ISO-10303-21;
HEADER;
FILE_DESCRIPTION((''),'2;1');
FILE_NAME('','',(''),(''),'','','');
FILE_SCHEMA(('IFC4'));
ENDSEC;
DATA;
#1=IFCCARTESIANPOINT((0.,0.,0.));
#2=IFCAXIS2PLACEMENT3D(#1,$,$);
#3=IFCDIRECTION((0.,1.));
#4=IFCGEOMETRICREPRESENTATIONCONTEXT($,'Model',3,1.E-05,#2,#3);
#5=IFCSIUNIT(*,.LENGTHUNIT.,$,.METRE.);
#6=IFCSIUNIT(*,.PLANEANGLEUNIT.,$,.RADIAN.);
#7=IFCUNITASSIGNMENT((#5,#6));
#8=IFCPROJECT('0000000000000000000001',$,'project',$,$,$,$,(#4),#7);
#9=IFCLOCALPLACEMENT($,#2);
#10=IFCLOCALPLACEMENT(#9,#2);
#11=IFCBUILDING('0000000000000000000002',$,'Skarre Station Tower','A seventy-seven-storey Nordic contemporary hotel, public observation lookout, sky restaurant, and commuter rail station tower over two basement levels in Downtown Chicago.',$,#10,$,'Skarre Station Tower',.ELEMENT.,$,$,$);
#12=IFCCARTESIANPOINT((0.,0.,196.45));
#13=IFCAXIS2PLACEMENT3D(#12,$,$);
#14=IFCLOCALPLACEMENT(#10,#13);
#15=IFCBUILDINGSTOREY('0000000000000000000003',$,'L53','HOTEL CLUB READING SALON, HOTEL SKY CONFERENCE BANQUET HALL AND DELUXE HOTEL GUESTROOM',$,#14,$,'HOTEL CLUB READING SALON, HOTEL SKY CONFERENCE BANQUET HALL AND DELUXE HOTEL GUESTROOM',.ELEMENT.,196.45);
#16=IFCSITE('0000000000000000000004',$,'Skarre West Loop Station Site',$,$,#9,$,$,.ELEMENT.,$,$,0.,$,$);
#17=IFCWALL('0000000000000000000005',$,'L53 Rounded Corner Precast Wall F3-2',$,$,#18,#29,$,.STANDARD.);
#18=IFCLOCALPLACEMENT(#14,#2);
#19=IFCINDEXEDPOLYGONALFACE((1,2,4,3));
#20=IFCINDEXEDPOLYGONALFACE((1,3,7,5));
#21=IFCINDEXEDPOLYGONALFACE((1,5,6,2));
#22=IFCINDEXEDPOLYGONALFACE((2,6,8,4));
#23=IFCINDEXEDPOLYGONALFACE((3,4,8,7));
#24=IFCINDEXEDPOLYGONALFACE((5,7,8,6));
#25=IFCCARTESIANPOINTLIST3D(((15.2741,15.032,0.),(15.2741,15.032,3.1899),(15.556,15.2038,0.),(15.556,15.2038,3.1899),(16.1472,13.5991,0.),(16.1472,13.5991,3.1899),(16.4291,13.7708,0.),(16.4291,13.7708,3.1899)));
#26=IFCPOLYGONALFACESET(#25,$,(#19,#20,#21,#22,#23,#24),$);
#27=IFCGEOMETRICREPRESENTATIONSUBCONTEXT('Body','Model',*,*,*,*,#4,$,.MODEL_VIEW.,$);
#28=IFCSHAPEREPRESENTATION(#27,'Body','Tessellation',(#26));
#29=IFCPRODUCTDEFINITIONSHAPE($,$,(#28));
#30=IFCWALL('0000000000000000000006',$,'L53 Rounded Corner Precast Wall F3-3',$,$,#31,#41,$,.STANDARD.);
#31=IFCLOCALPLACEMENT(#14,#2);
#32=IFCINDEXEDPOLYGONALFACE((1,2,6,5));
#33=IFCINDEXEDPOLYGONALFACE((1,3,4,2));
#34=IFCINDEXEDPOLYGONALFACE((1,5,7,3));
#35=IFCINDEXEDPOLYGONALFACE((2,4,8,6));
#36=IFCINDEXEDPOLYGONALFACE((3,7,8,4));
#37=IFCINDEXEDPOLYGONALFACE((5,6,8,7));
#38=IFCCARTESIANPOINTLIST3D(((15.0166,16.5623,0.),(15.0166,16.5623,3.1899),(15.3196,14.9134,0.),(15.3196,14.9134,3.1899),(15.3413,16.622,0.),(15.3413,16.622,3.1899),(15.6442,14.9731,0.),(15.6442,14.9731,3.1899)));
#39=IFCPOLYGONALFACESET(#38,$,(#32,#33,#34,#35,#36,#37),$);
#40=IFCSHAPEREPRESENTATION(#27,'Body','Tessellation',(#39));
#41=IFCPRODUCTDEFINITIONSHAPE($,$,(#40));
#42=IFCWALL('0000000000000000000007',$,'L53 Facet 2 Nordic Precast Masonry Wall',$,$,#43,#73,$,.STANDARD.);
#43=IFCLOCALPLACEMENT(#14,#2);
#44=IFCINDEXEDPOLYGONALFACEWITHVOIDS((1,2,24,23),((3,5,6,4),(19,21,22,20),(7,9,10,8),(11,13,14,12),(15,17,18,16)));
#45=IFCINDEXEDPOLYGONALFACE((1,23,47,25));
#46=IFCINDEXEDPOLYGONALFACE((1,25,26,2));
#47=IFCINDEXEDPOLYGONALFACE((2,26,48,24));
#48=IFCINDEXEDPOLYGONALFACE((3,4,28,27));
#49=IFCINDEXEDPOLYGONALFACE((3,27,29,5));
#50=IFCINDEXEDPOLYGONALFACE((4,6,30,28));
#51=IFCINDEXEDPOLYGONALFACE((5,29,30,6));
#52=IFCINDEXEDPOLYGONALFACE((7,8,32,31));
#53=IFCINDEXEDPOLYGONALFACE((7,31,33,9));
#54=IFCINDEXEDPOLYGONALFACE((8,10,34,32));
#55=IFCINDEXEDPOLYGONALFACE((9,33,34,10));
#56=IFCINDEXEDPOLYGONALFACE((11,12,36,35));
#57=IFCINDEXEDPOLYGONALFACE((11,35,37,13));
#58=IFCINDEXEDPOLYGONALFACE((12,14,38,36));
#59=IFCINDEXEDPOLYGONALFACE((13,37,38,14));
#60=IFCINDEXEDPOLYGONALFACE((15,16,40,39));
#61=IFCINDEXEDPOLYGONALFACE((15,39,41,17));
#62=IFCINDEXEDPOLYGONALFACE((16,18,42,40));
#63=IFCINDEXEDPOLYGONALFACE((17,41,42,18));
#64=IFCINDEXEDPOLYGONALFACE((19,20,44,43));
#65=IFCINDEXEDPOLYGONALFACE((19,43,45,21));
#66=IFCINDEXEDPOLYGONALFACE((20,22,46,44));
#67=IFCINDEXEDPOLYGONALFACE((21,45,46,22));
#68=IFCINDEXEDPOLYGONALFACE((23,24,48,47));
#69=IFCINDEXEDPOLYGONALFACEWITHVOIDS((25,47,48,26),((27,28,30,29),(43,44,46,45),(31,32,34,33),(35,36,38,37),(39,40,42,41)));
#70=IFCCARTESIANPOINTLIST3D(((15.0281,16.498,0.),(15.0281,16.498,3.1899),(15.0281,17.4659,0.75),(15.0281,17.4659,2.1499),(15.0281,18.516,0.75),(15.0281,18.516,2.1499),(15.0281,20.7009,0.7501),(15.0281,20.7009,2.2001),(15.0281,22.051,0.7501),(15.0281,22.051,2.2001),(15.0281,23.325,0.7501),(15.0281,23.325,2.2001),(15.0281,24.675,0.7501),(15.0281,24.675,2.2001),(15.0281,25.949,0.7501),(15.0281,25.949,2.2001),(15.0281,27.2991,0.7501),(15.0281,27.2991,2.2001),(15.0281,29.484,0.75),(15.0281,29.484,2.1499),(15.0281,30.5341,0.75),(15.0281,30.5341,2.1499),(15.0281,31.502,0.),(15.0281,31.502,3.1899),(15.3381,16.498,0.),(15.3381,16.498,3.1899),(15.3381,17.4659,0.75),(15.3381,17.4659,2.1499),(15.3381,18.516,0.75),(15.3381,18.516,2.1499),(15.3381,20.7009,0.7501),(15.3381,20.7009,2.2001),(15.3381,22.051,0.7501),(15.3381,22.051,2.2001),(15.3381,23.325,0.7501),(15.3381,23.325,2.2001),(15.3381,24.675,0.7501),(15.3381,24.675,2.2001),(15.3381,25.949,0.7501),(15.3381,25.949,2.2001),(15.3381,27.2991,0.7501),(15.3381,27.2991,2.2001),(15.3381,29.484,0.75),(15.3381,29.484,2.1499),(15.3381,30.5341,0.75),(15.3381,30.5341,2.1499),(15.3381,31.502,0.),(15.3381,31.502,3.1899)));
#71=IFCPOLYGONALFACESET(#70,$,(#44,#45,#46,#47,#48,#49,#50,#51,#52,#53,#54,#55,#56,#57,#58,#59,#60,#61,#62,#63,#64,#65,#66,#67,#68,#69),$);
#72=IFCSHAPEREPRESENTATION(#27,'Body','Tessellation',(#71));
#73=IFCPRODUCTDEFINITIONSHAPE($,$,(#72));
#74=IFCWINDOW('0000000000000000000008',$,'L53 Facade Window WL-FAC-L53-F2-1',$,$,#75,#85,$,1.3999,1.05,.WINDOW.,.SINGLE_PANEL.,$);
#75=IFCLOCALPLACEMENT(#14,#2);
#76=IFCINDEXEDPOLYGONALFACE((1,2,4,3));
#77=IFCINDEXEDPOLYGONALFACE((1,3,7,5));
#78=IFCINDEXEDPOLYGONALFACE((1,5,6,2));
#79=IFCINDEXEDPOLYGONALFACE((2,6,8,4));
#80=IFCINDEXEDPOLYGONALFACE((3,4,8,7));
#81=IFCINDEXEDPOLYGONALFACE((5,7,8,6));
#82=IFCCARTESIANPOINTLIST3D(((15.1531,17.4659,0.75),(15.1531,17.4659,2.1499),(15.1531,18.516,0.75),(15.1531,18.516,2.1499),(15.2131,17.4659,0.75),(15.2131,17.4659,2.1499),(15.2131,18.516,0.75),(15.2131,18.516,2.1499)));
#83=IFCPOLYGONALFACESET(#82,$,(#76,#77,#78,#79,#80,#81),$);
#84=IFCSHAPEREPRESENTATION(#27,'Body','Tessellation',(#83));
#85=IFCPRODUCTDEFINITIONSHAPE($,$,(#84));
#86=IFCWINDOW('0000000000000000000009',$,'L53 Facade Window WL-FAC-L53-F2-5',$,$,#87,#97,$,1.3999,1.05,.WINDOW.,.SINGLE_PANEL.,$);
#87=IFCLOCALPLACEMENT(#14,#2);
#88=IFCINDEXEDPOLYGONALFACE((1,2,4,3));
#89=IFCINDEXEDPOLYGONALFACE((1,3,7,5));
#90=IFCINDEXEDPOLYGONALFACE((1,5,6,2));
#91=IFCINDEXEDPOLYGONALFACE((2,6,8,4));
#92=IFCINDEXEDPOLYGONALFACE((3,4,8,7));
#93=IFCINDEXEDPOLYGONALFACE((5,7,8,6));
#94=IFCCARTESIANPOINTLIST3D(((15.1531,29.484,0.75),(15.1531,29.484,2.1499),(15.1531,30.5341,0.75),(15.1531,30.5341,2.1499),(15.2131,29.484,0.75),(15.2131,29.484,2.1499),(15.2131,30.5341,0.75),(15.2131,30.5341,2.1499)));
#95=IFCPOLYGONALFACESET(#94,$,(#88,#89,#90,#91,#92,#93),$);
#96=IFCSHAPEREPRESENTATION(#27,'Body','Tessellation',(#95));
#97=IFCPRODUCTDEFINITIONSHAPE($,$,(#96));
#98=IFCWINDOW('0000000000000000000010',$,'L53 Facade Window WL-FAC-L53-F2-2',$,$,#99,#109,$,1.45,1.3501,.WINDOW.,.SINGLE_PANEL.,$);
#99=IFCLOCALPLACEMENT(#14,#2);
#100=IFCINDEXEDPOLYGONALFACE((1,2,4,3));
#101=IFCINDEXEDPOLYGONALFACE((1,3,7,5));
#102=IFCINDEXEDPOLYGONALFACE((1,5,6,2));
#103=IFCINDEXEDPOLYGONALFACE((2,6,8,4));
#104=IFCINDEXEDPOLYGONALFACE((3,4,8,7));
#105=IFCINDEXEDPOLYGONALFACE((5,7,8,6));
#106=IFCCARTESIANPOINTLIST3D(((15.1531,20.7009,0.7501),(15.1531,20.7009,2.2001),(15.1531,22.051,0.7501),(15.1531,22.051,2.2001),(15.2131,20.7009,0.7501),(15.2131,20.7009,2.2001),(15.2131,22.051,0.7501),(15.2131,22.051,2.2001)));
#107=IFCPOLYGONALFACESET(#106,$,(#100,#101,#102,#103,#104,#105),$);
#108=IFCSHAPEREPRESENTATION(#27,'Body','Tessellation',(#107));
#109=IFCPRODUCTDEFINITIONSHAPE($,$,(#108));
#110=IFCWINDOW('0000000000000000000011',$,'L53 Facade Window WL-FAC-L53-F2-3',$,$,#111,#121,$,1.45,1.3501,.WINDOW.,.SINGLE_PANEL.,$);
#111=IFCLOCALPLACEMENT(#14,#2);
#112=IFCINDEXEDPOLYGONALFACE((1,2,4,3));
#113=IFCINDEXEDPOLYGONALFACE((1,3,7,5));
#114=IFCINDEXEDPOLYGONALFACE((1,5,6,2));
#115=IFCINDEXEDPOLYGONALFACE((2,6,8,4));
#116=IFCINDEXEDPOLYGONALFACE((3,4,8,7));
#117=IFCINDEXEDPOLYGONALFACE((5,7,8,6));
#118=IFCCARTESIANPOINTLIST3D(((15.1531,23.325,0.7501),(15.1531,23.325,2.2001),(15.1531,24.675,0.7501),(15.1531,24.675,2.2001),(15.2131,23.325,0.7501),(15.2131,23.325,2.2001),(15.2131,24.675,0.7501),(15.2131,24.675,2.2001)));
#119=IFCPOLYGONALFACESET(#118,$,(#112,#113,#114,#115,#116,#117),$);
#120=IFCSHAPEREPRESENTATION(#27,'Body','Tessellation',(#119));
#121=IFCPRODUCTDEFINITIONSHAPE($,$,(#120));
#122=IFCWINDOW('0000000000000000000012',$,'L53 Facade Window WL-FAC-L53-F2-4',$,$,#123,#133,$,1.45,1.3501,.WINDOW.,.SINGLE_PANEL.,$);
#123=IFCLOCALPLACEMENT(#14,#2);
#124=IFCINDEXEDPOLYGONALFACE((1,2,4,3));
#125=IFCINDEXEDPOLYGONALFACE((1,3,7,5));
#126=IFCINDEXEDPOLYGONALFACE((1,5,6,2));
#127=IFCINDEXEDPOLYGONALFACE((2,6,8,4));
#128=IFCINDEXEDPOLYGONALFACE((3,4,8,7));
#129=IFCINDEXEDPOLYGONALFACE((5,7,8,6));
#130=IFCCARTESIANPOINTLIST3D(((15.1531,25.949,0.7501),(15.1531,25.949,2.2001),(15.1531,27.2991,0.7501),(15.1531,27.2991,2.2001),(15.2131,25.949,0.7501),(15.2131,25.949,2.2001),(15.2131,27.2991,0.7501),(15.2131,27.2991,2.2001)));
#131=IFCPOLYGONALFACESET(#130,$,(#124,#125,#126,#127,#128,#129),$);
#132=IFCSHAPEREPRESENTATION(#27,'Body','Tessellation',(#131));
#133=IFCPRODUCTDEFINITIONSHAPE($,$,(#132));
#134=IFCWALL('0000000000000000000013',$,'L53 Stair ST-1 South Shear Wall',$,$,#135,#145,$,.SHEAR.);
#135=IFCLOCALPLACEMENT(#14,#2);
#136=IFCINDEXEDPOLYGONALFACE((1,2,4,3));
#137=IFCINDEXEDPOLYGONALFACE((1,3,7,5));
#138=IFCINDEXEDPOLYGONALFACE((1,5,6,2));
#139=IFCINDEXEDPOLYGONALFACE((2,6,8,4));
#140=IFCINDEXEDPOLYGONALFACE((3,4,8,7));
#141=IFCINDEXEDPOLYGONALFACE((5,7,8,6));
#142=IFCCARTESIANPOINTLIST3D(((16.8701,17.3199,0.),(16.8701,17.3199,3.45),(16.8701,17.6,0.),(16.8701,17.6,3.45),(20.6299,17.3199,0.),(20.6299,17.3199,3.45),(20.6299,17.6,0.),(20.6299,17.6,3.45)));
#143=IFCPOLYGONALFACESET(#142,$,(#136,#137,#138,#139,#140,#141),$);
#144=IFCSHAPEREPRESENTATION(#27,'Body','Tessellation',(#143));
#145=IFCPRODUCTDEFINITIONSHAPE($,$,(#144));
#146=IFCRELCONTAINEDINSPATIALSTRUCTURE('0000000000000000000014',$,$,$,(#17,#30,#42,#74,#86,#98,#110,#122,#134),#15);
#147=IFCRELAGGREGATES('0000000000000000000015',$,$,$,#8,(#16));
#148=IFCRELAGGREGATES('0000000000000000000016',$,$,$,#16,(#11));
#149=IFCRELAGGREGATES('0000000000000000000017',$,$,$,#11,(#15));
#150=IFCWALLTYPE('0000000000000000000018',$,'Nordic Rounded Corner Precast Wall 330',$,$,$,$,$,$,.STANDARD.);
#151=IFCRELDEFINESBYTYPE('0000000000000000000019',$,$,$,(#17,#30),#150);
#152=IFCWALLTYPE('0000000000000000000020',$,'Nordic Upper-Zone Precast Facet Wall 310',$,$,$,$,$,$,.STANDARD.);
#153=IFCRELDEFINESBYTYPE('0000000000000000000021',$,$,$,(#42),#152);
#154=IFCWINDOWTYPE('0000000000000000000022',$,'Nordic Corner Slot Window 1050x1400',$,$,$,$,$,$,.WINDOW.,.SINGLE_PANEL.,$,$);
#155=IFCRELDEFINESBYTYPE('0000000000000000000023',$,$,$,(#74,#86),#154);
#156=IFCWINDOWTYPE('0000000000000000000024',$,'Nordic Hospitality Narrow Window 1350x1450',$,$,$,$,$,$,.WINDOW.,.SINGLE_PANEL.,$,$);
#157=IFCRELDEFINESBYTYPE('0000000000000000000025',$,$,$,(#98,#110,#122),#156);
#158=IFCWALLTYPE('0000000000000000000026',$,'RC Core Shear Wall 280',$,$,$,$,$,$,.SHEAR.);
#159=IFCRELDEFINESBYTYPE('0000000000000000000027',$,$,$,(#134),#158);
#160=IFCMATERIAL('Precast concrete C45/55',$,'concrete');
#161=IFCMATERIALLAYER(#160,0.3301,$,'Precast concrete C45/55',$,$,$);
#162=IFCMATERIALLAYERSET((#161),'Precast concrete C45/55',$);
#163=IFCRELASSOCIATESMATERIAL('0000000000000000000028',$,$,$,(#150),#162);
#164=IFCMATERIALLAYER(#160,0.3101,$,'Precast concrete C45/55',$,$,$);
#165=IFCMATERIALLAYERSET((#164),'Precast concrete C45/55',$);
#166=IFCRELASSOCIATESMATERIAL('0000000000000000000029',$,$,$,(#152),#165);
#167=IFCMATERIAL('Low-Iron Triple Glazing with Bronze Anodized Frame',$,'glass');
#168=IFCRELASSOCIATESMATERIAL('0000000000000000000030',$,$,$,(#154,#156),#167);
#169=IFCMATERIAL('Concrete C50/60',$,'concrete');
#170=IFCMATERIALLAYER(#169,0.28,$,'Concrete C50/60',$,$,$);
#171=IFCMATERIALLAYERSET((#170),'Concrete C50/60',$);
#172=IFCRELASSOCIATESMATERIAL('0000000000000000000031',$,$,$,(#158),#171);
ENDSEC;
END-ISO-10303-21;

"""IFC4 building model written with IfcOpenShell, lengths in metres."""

from ifc_helpers import new_model, si_unit, direction, frame, frame_2d, origin, place, context, subcontext, project, spatial, rectangle, extrude, material, layer, layer_set, type_object, element, fill, save


model = new_model("IFC4")

# Units and contexts
model_context = context("Model", 3, precision=1e-05, world=origin(), true_north=direction((0.0, 1.0)))
body_context = subcontext(model_context, "Body", "Model", "MODEL_VIEW")
ifc_project = project(units=[si_unit("LENGTHUNIT", "METRE"), si_unit("PLANEANGLEUNIT", "RADIAN")], contexts=[model_context])

# Site, building, storey
site_placement = place(None, origin())
site = spatial("IfcSite", under=ifc_project, at=site_placement, Name="Skarre West Loop Station Site", CompositionType="ELEMENT", RefElevation=0.0)
building_placement = place(site_placement, origin())
building = spatial("IfcBuilding", under=site, at=building_placement, Name="Skarre Station Tower", Description="A seventy-seven-storey Nordic contemporary hotel, public observation lookout, sky restaurant, and commuter rail station tower over two basement levels in Downtown Chicago.", LongName="Skarre Station Tower", CompositionType="ELEMENT")
storey_placement = place(building_placement, frame((0.0, 0.0, 196.45)))
storey = spatial("IfcBuildingStorey", under=building, at=storey_placement, Name="L53", Description="HOTEL CLUB READING SALON, HOTEL SKY CONFERENCE BANQUET HALL AND DELUXE HOTEL GUESTROOM", LongName="HOTEL CLUB READING SALON, HOTEL SKY CONFERENCE BANQUET HALL AND DELUXE HOTEL GUESTROOM", CompositionType="ELEMENT", Elevation=196.45)

# Shared definitions
ifc_material_1 = material(Name="Concrete C50/60", Category="concrete")

# Walls
ifc_material_2 = material(Name="Precast concrete C45/55", Category="concrete")
ifc_layer_1 = layer(ifc_material_2, 0.3301, Name="Precast concrete C45/55")
ifc_layer_set_1 = layer_set([ifc_layer_1], Name="Precast concrete C45/55")
wall_type_1 = type_object("IfcWallType", Name="Nordic Rounded Corner Precast Wall 330", PredefinedType="STANDARD", material=ifc_layer_set_1)
wall_1_placement = place(storey_placement, frame((16.2881, 13.6851, 0.0), z_axis=(0.0, 0.0, 1.0), x_axis=(-0.520325, 0.853968, 0.0)))
element("IfcWall", 1, at=wall_1_placement, inside=storey, type_object=wall_type_1, Name="L53 Rounded Corner Precast Wall F3-2", PredefinedType="STANDARD", context=body_context, shape_type="SweptSolid", body=[
    extrude(rectangle(XDim=1.678, YDim=0.3301, at=frame_2d((0.8389, 0.0))), origin(), (0.0, 0.0, 1.0), 3.1899),
])
wall_2_placement = place(storey_placement, frame((15.4819, 14.9431, 0.0), z_axis=(0.0, 0.0, 1.0), x_axis=(-0.180718, 0.983535, 0.0)))
element("IfcWall", 2, at=wall_2_placement, inside=storey, type_object=wall_type_1, Name="L53 Rounded Corner Precast Wall F3-3", PredefinedType="STANDARD", context=body_context, shape_type="SweptSolid", body=[
    extrude(rectangle(XDim=1.6765, YDim=0.3301, at=frame_2d((0.8384, 0.0))), origin(), (0.0, 0.0, 1.0), 3.1899),
])

# Wall, openings, windows
ifc_layer_2 = layer(ifc_material_2, 0.3101, Name="Precast concrete C45/55")
ifc_layer_set_2 = layer_set([ifc_layer_2], Name="Precast concrete C45/55")
wall_type_2 = type_object("IfcWallType", Name="Nordic Upper-Zone Precast Facet Wall 310", PredefinedType="STANDARD", material=ifc_layer_set_2)
wall_3_placement = place(storey_placement, frame((15.1831, 16.498, 0.0), z_axis=(0.0, 0.0, 1.0), x_axis=(0.0, 1.0, 0.0)))
wall_3 = element("IfcWall", 3, at=wall_3_placement, inside=storey, type_object=wall_type_2, Name="L53 Facet 2 Nordic Precast Masonry Wall", PredefinedType="STANDARD", context=body_context, shape_type="SweptSolid", body=[
    extrude(rectangle(XDim=15.0039, YDim=0.3101, at=frame_2d((7.502, 0.0))), origin(), (0.0, 0.0, 1.0), 3.1899),
])
opening_1_placement = place(wall_3_placement, frame((0.968, 0.0, 0.75)))
opening_1 = element("IfcOpeningElement", 4, at=opening_1_placement, cuts=wall_3, PredefinedType="OPENING", context=body_context, shape_type="SweptSolid", body=[
    extrude(rectangle(XDim=1.05, YDim=1.3999, at=frame_2d((0.5249, 0.7))), frame((0.0, 0.165, 0.0), z_axis=(0.0, -1.0, 0.0), x_axis=(1.0, 0.0, 0.0)), (0.0, 0.0, 1.0), 0.3301),
])
opening_2_placement = place(wall_3_placement, frame((4.2029, 0.0, 0.75)))
opening_2 = element("IfcOpeningElement", 5, at=opening_2_placement, cuts=wall_3, PredefinedType="OPENING", context=body_context, shape_type="SweptSolid", body=[
    extrude(rectangle(XDim=1.3501, YDim=1.45, at=frame_2d((0.675, 0.7251))), frame((0.0, 0.165, 0.0), z_axis=(0.0, -1.0, 0.0), x_axis=(1.0, 0.0, 0.0)), (0.0, 0.0, 1.0), 0.3301),
])
opening_3_placement = place(wall_3_placement, frame((6.8269, 0.0, 0.75)))
opening_3 = element("IfcOpeningElement", 6, at=opening_3_placement, cuts=wall_3, PredefinedType="OPENING", context=body_context, shape_type="SweptSolid", body=[
    extrude(rectangle(XDim=1.3501, YDim=1.45, at=frame_2d((0.675, 0.7251))), frame((0.0, 0.165, 0.0), z_axis=(0.0, -1.0, 0.0), x_axis=(1.0, 0.0, 0.0)), (0.0, 0.0, 1.0), 0.3301),
])
opening_4_placement = place(wall_3_placement, frame((9.4509, 0.0, 0.75)))
opening_4 = element("IfcOpeningElement", 7, at=opening_4_placement, cuts=wall_3, PredefinedType="OPENING", context=body_context, shape_type="SweptSolid", body=[
    extrude(rectangle(XDim=1.3501, YDim=1.45, at=frame_2d((0.675, 0.7251))), frame((0.0, 0.165, 0.0), z_axis=(0.0, -1.0, 0.0), x_axis=(1.0, 0.0, 0.0)), (0.0, 0.0, 1.0), 0.3301),
])
opening_5_placement = place(wall_3_placement, frame((12.9861, 0.0, 0.75)))
opening_5 = element("IfcOpeningElement", 8, at=opening_5_placement, cuts=wall_3, PredefinedType="OPENING", context=body_context, shape_type="SweptSolid", body=[
    extrude(rectangle(XDim=1.05, YDim=1.3999, at=frame_2d((0.5249, 0.7))), frame((0.0, 0.165, 0.0), z_axis=(0.0, -1.0, 0.0), x_axis=(1.0, 0.0, 0.0)), (0.0, 0.0, 1.0), 0.3301),
])
ifc_material_3 = material(Name="Low-Iron Triple Glazing with Bronze Anodized Frame", Category="glass")
window_type_1 = type_object("IfcWindowType", Name="Nordic Corner Slot Window 1050x1400", PartitioningType="SINGLE_PANEL", PredefinedType="WINDOW", material=ifc_material_3)
window_1_placement = place(opening_1_placement, origin())
window_1 = element("IfcWindow", 9, at=window_1_placement, inside=storey, type_object=window_type_1, Name="L53 Facade Window WL-FAC-L53-F2-1", OverallHeight=1.3999, OverallWidth=1.05, PartitioningType="SINGLE_PANEL", PredefinedType="WINDOW", context=body_context, shape_type="SweptSolid", body=[
    extrude(rectangle(XDim=1.05, YDim=1.3999, at=frame_2d((0.5249, 0.7))), frame((0.0, 0.03, 0.0), z_axis=(0.0, -1.0, 0.0), x_axis=(1.0, 0.0, 0.0)), (0.0, 0.0, 1.0), 0.0601),
])
fill(opening_1, window_1)
window_2_placement = place(opening_5_placement, origin())
window_2 = element("IfcWindow", 10, at=window_2_placement, inside=storey, type_object=window_type_1, Name="L53 Facade Window WL-FAC-L53-F2-5", OverallHeight=1.3999, OverallWidth=1.05, PartitioningType="SINGLE_PANEL", PredefinedType="WINDOW", context=body_context, shape_type="SweptSolid", body=[
    extrude(rectangle(XDim=1.05, YDim=1.3999, at=frame_2d((0.5249, 0.7))), frame((0.0, 0.03, 0.0), z_axis=(0.0, -1.0, 0.0), x_axis=(1.0, 0.0, 0.0)), (0.0, 0.0, 1.0), 0.0601),
])
fill(opening_5, window_2)
window_type_2 = type_object("IfcWindowType", Name="Nordic Hospitality Narrow Window 1350x1450", PartitioningType="SINGLE_PANEL", PredefinedType="WINDOW", material=ifc_material_3)
window_3_placement = place(opening_2_placement, origin())
window_3 = element("IfcWindow", 11, at=window_3_placement, inside=storey, type_object=window_type_2, Name="L53 Facade Window WL-FAC-L53-F2-2", OverallHeight=1.45, OverallWidth=1.3501, PartitioningType="SINGLE_PANEL", PredefinedType="WINDOW", context=body_context, shape_type="SweptSolid", body=[
    extrude(rectangle(XDim=1.3501, YDim=1.45, at=frame_2d((0.675, 0.7251))), frame((0.0, 0.03, 0.0), z_axis=(0.0, -1.0, 0.0), x_axis=(1.0, 0.0, 0.0)), (0.0, 0.0, 1.0), 0.0601),
])
fill(opening_2, window_3)
window_4_placement = place(opening_3_placement, origin())
window_4 = element("IfcWindow", 12, at=window_4_placement, inside=storey, type_object=window_type_2, Name="L53 Facade Window WL-FAC-L53-F2-3", OverallHeight=1.45, OverallWidth=1.3501, PartitioningType="SINGLE_PANEL", PredefinedType="WINDOW", context=body_context, shape_type="SweptSolid", body=[
    extrude(rectangle(XDim=1.3501, YDim=1.45, at=frame_2d((0.675, 0.7251))), frame((0.0, 0.03, 0.0), z_axis=(0.0, -1.0, 0.0), x_axis=(1.0, 0.0, 0.0)), (0.0, 0.0, 1.0), 0.0601),
])
fill(opening_3, window_4)
window_5_placement = place(opening_4_placement, origin())
window_5 = element("IfcWindow", 13, at=window_5_placement, inside=storey, type_object=window_type_2, Name="L53 Facade Window WL-FAC-L53-F2-4", OverallHeight=1.45, OverallWidth=1.3501, PartitioningType="SINGLE_PANEL", PredefinedType="WINDOW", context=body_context, shape_type="SweptSolid", body=[
    extrude(rectangle(XDim=1.3501, YDim=1.45, at=frame_2d((0.675, 0.7251))), frame((0.0, 0.03, 0.0), z_axis=(0.0, -1.0, 0.0), x_axis=(1.0, 0.0, 0.0)), (0.0, 0.0, 1.0), 0.0601),
])
fill(opening_4, window_5)

# Wall
ifc_layer_3 = layer(ifc_material_1, 0.28, Name="Concrete C50/60")
ifc_layer_set_3 = layer_set([ifc_layer_3], Name="Concrete C50/60")
wall_type_3 = type_object("IfcWallType", Name="RC Core Shear Wall 280", PredefinedType="SHEAR", material=ifc_layer_set_3)
wall_4_placement = place(storey_placement, frame((16.8701, 17.46, 0.0), z_axis=(0.0, 0.0, 1.0), x_axis=(1.0, 0.0, 0.0)))
element("IfcWall", 14, at=wall_4_placement, inside=storey, type_object=wall_type_3, Name="L53 Stair ST-1 South Shear Wall", PredefinedType="SHEAR", context=body_context, shape_type="SweptSolid", body=[
    extrude(rectangle(XDim=3.7598, YDim=0.28, at=frame_2d((1.8799, 0.0))), origin(), (0.0, 0.0, 1.0), 3.45),
])

save(model, "model.ifc")
